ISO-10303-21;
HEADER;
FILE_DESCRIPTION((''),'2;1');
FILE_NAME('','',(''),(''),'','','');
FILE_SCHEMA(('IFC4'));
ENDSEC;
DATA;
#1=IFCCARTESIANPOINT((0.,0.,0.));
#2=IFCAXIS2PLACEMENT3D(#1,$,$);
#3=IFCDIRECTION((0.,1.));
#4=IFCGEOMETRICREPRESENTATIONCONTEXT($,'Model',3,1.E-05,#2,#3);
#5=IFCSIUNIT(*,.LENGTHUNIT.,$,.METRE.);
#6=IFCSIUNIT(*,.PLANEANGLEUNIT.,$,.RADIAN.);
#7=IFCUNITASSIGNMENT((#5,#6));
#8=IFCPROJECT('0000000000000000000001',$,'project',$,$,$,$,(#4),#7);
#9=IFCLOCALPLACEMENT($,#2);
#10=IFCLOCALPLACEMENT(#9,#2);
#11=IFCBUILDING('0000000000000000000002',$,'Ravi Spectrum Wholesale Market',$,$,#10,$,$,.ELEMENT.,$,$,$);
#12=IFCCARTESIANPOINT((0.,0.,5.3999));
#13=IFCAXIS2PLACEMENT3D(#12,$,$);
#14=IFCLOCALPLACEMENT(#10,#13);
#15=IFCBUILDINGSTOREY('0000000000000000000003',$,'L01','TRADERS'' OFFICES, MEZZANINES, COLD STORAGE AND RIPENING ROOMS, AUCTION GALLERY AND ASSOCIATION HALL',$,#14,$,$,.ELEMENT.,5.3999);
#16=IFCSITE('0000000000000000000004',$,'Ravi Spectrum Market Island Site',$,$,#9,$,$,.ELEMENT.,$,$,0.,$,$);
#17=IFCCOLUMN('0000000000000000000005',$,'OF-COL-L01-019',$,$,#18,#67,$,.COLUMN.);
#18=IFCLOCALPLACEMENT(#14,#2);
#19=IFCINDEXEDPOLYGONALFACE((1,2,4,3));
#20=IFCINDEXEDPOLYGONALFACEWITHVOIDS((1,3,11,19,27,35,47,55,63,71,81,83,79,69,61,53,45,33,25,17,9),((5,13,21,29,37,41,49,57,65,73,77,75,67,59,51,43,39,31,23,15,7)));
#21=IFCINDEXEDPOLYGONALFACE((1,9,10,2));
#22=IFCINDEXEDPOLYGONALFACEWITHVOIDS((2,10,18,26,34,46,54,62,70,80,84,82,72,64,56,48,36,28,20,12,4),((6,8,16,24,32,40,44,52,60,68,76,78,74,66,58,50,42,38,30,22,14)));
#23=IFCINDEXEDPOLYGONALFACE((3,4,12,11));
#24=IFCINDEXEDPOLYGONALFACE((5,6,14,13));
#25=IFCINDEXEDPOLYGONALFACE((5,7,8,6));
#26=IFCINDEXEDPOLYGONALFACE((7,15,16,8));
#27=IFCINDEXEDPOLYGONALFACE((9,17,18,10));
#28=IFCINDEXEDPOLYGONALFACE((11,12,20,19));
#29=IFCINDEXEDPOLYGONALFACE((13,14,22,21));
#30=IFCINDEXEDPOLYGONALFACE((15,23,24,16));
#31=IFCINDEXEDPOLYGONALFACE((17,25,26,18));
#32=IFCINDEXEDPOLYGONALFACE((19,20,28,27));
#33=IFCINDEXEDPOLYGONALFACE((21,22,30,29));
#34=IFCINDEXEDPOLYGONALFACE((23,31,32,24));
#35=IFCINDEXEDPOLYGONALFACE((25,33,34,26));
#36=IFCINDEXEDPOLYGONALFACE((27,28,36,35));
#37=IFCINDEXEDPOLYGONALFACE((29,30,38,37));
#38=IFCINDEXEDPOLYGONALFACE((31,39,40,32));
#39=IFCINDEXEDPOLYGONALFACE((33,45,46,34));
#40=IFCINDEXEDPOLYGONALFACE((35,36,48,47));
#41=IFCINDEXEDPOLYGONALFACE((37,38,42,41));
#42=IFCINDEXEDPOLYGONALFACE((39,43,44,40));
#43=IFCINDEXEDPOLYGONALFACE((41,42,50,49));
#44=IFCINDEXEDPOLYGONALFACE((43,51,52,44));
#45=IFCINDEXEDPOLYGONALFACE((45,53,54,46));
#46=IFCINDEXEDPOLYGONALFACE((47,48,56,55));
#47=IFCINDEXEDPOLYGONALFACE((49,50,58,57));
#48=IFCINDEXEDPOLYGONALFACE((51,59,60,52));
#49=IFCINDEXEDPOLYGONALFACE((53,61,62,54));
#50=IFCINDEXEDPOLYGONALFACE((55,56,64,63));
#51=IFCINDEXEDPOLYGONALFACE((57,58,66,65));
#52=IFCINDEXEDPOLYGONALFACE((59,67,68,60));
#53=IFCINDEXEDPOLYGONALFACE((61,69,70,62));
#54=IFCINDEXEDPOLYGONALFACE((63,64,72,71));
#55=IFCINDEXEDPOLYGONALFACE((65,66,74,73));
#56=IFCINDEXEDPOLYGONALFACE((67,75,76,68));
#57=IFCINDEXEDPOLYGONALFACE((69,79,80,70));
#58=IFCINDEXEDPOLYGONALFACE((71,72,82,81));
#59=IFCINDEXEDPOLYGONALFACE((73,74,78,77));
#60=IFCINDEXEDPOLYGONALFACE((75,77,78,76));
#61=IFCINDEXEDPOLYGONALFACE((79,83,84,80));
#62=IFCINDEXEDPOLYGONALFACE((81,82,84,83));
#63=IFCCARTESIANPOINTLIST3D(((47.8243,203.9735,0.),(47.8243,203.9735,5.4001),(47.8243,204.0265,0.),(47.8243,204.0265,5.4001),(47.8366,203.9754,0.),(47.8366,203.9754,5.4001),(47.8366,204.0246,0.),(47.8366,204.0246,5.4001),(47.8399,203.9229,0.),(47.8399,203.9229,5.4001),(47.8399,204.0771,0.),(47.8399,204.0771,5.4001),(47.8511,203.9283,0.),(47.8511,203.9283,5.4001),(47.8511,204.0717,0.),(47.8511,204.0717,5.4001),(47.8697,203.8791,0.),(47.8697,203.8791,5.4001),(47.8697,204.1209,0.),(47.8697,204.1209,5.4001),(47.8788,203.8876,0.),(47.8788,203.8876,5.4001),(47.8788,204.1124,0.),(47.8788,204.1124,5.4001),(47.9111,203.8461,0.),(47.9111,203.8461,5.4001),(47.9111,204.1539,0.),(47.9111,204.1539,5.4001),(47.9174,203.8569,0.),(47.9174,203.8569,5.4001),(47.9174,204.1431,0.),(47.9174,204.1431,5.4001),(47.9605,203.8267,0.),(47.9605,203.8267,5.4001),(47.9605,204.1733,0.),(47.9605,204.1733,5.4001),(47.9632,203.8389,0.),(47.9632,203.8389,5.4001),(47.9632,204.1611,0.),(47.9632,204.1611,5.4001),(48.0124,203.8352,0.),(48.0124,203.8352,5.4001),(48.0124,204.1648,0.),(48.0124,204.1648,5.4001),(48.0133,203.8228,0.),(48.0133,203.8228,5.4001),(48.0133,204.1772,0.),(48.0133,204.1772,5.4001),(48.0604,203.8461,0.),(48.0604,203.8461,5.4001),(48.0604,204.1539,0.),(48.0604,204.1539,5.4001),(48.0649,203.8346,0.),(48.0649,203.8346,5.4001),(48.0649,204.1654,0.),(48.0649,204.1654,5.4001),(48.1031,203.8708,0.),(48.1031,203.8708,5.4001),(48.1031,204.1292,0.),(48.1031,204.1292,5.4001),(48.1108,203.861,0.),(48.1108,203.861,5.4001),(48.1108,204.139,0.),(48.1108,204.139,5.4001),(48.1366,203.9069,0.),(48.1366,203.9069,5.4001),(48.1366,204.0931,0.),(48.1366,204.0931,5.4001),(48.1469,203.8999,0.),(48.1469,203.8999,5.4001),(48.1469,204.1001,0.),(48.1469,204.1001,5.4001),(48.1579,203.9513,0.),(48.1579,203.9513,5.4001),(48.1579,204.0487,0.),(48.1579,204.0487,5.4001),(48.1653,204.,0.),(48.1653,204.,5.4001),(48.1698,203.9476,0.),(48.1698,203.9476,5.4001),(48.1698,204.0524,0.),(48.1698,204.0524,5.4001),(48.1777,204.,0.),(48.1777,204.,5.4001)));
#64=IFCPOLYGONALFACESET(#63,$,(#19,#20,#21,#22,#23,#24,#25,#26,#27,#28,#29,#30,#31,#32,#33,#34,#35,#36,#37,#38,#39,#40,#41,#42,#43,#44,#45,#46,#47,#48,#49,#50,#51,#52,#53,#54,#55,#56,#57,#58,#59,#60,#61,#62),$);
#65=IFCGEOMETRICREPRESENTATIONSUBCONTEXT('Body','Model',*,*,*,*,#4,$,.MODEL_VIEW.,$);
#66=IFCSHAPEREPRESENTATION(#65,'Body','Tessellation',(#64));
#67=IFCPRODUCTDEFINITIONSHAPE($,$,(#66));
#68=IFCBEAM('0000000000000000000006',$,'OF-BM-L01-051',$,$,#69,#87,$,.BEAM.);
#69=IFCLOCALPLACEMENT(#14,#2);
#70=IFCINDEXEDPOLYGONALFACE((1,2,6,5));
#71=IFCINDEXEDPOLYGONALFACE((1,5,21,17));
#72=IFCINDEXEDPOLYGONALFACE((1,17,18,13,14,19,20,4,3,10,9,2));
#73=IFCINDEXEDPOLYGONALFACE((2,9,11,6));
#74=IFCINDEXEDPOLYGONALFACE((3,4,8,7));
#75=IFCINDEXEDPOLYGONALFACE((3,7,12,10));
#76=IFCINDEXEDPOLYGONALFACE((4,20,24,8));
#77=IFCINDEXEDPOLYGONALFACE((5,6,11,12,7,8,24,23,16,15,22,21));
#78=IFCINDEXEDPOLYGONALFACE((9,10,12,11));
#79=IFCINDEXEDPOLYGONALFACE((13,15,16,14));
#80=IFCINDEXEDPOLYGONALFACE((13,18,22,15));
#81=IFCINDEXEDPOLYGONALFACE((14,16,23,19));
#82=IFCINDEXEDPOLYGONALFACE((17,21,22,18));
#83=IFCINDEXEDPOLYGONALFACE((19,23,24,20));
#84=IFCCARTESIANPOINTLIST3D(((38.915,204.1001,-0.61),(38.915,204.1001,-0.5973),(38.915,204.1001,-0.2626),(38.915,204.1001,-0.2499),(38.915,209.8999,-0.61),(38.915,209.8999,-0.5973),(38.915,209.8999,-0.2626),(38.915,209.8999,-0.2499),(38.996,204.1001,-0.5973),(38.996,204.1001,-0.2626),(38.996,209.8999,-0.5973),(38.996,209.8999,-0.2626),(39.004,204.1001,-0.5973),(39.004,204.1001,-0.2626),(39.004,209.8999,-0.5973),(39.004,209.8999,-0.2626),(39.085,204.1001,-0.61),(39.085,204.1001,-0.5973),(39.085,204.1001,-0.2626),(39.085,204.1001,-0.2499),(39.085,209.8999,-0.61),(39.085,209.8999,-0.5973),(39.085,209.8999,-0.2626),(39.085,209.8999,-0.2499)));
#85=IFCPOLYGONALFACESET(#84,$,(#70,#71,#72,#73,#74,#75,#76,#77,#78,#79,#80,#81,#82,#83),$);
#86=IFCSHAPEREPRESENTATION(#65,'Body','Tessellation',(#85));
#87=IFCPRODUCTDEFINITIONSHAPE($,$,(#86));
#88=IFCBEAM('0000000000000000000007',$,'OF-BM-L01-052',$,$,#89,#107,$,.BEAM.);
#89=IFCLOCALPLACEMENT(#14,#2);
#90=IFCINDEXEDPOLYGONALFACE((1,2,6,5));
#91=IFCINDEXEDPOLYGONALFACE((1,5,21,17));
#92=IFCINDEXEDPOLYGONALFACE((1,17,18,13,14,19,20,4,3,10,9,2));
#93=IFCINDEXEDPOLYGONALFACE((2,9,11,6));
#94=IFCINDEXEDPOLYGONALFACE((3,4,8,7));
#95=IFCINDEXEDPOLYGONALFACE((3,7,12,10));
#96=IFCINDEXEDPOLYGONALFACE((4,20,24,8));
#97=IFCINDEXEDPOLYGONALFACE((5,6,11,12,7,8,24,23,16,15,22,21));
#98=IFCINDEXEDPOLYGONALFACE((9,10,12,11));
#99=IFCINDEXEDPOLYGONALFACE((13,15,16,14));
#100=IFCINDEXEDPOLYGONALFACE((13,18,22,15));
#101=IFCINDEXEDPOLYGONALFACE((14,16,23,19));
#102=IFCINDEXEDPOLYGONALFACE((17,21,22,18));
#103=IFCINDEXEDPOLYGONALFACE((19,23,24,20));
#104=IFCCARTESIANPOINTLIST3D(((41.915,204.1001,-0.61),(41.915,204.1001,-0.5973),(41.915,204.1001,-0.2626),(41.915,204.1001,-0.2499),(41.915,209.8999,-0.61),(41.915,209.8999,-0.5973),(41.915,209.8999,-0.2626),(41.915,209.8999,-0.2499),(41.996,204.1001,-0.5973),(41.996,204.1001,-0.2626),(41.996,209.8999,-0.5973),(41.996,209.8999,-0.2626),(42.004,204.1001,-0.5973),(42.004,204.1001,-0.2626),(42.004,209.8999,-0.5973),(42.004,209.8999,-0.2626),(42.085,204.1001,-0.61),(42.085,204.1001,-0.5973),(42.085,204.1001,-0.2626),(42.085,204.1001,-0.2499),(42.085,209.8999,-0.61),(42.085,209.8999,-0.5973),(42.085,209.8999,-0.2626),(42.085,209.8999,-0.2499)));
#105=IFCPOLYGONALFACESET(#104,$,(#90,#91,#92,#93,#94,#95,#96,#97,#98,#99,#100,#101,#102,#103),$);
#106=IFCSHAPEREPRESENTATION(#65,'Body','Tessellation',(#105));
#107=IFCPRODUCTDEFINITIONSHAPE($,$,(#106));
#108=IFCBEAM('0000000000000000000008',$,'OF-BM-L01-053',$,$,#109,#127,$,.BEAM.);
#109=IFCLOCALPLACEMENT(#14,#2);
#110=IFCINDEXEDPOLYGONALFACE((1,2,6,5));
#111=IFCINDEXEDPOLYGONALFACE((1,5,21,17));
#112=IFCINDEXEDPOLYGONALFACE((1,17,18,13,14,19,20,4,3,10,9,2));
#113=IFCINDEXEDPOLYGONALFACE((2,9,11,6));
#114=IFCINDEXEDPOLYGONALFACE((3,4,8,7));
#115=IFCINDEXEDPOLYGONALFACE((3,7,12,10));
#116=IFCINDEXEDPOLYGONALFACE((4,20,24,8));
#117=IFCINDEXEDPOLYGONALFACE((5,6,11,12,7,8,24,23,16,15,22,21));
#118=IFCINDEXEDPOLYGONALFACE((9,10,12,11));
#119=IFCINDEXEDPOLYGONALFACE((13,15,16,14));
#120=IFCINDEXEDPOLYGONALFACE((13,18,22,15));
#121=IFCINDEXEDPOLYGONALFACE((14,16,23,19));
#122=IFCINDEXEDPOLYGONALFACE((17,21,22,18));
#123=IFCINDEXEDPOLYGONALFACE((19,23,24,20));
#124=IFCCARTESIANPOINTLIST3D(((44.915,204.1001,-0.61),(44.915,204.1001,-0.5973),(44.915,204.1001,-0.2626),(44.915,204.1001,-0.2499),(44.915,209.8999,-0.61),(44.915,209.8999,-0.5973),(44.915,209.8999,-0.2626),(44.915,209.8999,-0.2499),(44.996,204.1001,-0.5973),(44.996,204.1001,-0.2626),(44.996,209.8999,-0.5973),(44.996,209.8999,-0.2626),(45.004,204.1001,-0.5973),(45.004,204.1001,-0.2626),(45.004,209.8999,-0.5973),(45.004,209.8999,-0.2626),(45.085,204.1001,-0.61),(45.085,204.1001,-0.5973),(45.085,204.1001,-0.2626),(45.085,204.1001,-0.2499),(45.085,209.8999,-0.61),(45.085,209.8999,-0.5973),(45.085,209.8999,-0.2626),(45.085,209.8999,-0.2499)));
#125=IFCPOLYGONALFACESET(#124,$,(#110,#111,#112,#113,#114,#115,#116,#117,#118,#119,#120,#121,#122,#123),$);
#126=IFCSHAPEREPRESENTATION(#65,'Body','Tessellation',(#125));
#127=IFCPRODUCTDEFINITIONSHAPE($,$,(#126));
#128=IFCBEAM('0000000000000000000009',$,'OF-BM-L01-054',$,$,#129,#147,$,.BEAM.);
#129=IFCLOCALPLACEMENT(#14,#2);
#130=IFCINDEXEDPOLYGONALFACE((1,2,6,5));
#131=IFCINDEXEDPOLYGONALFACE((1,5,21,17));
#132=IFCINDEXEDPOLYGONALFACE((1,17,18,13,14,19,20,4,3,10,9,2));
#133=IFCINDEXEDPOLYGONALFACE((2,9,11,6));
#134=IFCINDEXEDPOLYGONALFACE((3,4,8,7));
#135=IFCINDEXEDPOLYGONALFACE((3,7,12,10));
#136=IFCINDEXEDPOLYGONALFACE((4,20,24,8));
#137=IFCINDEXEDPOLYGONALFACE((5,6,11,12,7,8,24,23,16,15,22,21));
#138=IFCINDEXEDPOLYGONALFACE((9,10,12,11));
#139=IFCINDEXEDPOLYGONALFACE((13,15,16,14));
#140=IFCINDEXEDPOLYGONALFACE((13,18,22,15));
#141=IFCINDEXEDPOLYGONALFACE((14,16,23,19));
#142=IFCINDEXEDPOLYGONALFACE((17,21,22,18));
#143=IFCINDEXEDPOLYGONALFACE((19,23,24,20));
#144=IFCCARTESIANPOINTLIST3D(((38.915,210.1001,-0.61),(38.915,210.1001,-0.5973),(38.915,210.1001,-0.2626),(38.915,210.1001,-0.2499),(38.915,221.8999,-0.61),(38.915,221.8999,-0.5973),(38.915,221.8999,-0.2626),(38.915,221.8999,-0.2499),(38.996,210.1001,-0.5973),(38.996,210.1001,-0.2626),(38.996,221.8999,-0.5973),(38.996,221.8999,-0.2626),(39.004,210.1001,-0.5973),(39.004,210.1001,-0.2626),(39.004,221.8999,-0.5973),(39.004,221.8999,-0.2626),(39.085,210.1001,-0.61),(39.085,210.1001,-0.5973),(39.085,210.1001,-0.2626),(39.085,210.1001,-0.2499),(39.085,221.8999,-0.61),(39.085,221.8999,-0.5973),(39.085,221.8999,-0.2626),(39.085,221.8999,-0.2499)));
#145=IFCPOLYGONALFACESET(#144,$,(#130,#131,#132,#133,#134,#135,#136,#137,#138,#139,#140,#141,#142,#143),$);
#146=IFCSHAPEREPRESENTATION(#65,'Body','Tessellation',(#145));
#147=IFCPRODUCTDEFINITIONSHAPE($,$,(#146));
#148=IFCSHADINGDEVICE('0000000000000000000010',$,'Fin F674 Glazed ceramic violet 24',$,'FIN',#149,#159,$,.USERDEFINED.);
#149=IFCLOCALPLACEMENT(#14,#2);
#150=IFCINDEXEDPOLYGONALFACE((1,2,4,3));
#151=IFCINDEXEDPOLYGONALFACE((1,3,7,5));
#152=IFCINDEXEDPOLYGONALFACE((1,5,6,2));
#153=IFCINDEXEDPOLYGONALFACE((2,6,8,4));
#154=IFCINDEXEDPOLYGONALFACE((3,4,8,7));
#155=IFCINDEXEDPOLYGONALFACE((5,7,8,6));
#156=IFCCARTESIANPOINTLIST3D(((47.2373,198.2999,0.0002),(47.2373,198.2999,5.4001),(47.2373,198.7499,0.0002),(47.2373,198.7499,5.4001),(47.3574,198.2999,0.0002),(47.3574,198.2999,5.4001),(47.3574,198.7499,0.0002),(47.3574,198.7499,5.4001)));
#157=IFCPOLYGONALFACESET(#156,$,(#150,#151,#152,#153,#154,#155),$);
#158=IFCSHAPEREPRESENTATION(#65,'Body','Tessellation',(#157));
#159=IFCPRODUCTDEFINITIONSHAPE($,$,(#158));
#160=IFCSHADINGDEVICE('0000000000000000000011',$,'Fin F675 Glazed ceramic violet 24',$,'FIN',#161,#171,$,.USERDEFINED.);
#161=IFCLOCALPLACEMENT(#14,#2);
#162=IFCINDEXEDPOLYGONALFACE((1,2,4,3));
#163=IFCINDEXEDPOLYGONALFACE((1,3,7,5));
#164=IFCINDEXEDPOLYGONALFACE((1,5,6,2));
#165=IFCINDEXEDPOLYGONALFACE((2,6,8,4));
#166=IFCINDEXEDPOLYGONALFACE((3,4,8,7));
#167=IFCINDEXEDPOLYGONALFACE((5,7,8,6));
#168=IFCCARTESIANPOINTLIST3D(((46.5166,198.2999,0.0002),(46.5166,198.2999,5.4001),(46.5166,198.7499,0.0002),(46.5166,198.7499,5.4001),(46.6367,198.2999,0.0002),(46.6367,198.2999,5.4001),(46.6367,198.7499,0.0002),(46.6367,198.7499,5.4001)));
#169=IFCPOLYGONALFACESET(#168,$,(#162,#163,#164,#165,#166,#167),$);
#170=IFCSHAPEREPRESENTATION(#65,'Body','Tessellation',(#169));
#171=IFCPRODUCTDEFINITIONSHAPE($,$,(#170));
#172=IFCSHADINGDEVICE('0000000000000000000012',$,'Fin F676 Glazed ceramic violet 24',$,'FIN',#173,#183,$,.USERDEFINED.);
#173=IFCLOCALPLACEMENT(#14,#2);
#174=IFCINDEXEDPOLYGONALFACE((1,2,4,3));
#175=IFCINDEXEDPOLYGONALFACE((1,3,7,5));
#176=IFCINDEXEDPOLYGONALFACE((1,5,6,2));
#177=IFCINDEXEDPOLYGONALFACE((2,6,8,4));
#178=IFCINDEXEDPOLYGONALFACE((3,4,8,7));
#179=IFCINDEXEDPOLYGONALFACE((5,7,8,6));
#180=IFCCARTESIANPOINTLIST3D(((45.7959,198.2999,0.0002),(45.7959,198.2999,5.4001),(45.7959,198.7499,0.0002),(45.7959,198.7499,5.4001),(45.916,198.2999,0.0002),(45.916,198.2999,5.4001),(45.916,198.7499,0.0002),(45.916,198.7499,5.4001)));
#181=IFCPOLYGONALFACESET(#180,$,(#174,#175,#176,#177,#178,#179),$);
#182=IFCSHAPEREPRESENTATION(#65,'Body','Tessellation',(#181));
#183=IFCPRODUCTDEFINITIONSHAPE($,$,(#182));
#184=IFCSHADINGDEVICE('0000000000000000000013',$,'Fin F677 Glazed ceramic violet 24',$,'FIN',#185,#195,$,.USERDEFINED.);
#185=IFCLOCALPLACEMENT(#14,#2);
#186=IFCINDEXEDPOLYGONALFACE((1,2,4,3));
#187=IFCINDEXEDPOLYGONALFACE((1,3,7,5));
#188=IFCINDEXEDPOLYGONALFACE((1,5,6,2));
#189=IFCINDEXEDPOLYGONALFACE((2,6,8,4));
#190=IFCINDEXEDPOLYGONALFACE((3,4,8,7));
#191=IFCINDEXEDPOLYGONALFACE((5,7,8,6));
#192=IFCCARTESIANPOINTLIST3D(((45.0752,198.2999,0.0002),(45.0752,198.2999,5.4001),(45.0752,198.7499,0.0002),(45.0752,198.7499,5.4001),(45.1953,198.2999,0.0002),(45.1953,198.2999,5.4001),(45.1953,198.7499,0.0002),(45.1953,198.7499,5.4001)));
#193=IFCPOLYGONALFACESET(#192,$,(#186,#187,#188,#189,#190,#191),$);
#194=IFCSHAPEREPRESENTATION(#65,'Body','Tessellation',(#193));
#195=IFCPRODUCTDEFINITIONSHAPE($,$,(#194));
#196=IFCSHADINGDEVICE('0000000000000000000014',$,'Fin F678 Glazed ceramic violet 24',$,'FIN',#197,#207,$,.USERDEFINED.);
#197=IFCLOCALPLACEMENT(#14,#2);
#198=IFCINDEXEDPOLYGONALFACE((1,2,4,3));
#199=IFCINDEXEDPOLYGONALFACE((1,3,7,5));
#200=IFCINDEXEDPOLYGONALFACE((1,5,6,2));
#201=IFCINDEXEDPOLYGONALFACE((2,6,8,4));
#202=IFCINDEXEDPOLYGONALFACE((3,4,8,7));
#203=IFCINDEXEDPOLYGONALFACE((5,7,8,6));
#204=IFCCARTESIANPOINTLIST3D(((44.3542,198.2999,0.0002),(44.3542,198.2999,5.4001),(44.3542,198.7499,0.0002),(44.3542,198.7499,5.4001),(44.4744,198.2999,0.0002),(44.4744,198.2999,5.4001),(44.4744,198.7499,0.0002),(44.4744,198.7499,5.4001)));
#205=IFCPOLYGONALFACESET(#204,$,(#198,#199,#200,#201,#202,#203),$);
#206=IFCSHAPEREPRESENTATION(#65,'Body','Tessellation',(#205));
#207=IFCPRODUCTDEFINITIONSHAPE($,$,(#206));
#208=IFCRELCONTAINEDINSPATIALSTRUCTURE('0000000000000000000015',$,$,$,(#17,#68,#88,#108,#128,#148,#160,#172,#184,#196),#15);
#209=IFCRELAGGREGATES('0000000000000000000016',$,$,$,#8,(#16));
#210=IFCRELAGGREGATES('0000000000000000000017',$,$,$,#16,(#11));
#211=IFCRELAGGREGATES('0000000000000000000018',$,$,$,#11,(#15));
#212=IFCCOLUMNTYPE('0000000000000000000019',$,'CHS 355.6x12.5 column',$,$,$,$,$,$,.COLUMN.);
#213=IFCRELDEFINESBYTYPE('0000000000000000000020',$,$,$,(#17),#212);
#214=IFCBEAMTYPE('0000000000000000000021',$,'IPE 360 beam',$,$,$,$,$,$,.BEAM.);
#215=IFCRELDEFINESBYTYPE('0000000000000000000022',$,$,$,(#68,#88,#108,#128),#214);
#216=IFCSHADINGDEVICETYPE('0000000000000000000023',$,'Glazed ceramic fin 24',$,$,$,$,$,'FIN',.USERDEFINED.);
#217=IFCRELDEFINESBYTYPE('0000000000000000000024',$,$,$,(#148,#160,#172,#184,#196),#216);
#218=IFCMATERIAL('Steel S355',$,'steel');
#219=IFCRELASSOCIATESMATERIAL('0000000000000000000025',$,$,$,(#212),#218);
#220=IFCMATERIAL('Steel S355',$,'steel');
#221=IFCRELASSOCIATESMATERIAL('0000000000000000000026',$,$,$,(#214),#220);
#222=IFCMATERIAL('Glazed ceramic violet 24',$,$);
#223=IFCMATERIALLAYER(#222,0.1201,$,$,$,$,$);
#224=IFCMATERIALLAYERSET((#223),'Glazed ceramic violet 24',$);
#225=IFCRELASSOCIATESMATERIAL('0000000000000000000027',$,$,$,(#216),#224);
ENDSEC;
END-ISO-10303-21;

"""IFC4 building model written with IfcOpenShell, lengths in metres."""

from ifc_helpers import new_model, si_unit, direction, frame, origin, origin_2d, place, context, subcontext, project, spatial, rectangle, hollow_circle, i_section, extrude, material, layer, layer_set, material_profile, profile_set, type_object, element, save


model = new_model("IFC4")

# Units and contexts
model_context = context("Model", 3, precision=1e-05, world=origin(), true_north=direction((0.0, 1.0)))
body_context = subcontext(model_context, "Body", "Model", "MODEL_VIEW")
ifc_project = project(units=[si_unit("LENGTHUNIT", "METRE"), si_unit("PLANEANGLEUNIT", "RADIAN")], contexts=[model_context])

# Site, building, storey
site_placement = place(None, origin())
site = spatial("IfcSite", under=ifc_project, at=site_placement, Name="Ravi Spectrum Market Island Site", CompositionType="ELEMENT", RefElevation=0.0)
building_placement = place(site_placement, origin())
building = spatial("IfcBuilding", under=site, at=building_placement, Name="Ravi Spectrum Wholesale Market", CompositionType="ELEMENT")
storey_placement = place(building_placement, frame((0.0, 0.0, 5.3999)))
storey = spatial("IfcBuildingStorey", under=building, at=storey_placement, Name="L01", Description="TRADERS' OFFICES, MEZZANINES, COLD STORAGE AND RIPENING ROOMS, AUCTION GALLERY AND ASSOCIATION HALL", CompositionType="ELEMENT", Elevation=5.3999)

# Column
ifc_material_1 = material(Name="Steel S355", Category="steel")
ifc_material_profile_1 = material_profile(ifc_material_1, hollow_circle(Radius=0.1777, WallThickness=0.0125, at=origin_2d()))
ifc_profile_set_1 = profile_set([ifc_material_profile_1], Name="Steel S355")
column_type = type_object("IfcColumnType", Name="CHS 355.6x12.5 column", PredefinedType="COLUMN", material=ifc_profile_set_1)
column_placement = place(storey_placement, frame((48.0, 204.0, 0.0), z_axis=(0.0, 0.0, 1.0), x_axis=(1.0, 0.0, 0.0)))
element("IfcColumn", 1, at=column_placement, inside=storey, type_object=column_type, Name="OF-COL-L01-019", PredefinedType="COLUMN", context=body_context, shape_type="SweptSolid", body=[
    extrude(hollow_circle(Radius=0.1777, WallThickness=0.0125, at=origin_2d()), origin(), (0.0, 0.0, 1.0), 5.4001),
])

# Beams
ifc_material_2 = material(Name="Steel S355", Category="steel")
ifc_material_profile_2 = material_profile(ifc_material_2, i_section(OverallWidth=0.1699, OverallDepth=0.3601, WebThickness=0.0081, FlangeThickness=0.0127, at=origin_2d()))
ifc_profile_set_2 = profile_set([ifc_material_profile_2], Name="Steel S355")
beam_type = type_object("IfcBeamType", Name="IPE 360 beam", PredefinedType="BEAM", material=ifc_profile_set_2)
for number, where, z_axis, x_axis, name in (
    (2, (39.0, 204.1001, -0.4299), (0.0, 1.0, 0.0), (-1.0, 0.0, 0.0), "OF-BM-L01-051"),
    (3, (42.0, 204.1001, -0.4299), (0.0, 1.0, 0.0), (-1.0, 0.0, 0.0), "OF-BM-L01-052"),
    (4, (45.0, 204.1001, -0.4299), (0.0, 1.0, 0.0), (-1.0, 0.0, 0.0), "OF-BM-L01-053"),
):
    element("IfcBeam", number, at=place(storey_placement, frame(where, z_axis=z_axis, x_axis=x_axis)), inside=storey, type_object=beam_type, Name=name, PredefinedType="BEAM", context=body_context, shape_type="SweptSolid", body=[
        extrude(i_section(OverallWidth=0.1699, OverallDepth=0.3601, WebThickness=0.0081, FlangeThickness=0.0127, at=origin_2d()), origin(), (0.0, 0.0, 1.0), 5.7998),
    ])
beam_placement = place(storey_placement, frame((39.0, 210.1001, -0.4299), z_axis=(0.0, 1.0, 0.0), x_axis=(-1.0, 0.0, 0.0)))
element("IfcBeam", 5, at=beam_placement, inside=storey, type_object=beam_type, Name="OF-BM-L01-054", PredefinedType="BEAM", context=body_context, shape_type="SweptSolid", body=[
    extrude(i_section(OverallWidth=0.1699, OverallDepth=0.3601, WebThickness=0.0081, FlangeThickness=0.0127, at=origin_2d()), origin(), (0.0, 0.0, 1.0), 11.7998),
])

# Shading devices
ifc_material_3 = material(Name="Glazed ceramic violet 24")
ifc_layer_1 = layer(ifc_material_3, 0.1201)
ifc_layer_set_1 = layer_set([ifc_layer_1], Name="Glazed ceramic violet 24")
shading_device_type_1 = type_object("IfcShadingDeviceType", Name="Glazed ceramic fin 24", ElementType="FIN", PredefinedType="USERDEFINED", material=ifc_layer_set_1)
for number, where, z_axis, x_axis, name in (
    (6, (47.2974, 198.5249, 0.0002), (0.0, 0.0, 1.0), (-1.0, 0.0, 0.0), "Fin F674 Glazed ceramic violet 24"),
    (7, (46.5767, 198.5249, 0.0002), (0.0, 0.0, 1.0), (-1.0, 0.0, 0.0), "Fin F675 Glazed ceramic violet 24"),
    (8, (45.856, 198.5249, 0.0002), (0.0, 0.0, 1.0), (-1.0, 0.0, 0.0), "Fin F676 Glazed ceramic violet 24"),
    (9, (45.1353, 198.5249, 0.0002), (0.0, 0.0, 1.0), (-1.0, 0.0, 0.0), "Fin F677 Glazed ceramic violet 24"),
    (10, (44.4143, 198.5249, 0.0002), (0.0, 0.0, 1.0), (-1.0, 0.0, 0.0), "Fin F678 Glazed ceramic violet 24"),
):
    element("IfcShadingDevice", number, at=place(storey_placement, frame(where, z_axis=z_axis, x_axis=x_axis)), inside=storey, type_object=shading_device_type_1, Name=name, ObjectType="FIN", PredefinedType="USERDEFINED", context=body_context, shape_type="SweptSolid", body=[
        extrude(rectangle(XDim=0.1201, YDim=0.45, at=origin_2d()), origin(), (0.0, 0.0, 1.0), 5.3999),
    ])

save(model, "model.ifc")
